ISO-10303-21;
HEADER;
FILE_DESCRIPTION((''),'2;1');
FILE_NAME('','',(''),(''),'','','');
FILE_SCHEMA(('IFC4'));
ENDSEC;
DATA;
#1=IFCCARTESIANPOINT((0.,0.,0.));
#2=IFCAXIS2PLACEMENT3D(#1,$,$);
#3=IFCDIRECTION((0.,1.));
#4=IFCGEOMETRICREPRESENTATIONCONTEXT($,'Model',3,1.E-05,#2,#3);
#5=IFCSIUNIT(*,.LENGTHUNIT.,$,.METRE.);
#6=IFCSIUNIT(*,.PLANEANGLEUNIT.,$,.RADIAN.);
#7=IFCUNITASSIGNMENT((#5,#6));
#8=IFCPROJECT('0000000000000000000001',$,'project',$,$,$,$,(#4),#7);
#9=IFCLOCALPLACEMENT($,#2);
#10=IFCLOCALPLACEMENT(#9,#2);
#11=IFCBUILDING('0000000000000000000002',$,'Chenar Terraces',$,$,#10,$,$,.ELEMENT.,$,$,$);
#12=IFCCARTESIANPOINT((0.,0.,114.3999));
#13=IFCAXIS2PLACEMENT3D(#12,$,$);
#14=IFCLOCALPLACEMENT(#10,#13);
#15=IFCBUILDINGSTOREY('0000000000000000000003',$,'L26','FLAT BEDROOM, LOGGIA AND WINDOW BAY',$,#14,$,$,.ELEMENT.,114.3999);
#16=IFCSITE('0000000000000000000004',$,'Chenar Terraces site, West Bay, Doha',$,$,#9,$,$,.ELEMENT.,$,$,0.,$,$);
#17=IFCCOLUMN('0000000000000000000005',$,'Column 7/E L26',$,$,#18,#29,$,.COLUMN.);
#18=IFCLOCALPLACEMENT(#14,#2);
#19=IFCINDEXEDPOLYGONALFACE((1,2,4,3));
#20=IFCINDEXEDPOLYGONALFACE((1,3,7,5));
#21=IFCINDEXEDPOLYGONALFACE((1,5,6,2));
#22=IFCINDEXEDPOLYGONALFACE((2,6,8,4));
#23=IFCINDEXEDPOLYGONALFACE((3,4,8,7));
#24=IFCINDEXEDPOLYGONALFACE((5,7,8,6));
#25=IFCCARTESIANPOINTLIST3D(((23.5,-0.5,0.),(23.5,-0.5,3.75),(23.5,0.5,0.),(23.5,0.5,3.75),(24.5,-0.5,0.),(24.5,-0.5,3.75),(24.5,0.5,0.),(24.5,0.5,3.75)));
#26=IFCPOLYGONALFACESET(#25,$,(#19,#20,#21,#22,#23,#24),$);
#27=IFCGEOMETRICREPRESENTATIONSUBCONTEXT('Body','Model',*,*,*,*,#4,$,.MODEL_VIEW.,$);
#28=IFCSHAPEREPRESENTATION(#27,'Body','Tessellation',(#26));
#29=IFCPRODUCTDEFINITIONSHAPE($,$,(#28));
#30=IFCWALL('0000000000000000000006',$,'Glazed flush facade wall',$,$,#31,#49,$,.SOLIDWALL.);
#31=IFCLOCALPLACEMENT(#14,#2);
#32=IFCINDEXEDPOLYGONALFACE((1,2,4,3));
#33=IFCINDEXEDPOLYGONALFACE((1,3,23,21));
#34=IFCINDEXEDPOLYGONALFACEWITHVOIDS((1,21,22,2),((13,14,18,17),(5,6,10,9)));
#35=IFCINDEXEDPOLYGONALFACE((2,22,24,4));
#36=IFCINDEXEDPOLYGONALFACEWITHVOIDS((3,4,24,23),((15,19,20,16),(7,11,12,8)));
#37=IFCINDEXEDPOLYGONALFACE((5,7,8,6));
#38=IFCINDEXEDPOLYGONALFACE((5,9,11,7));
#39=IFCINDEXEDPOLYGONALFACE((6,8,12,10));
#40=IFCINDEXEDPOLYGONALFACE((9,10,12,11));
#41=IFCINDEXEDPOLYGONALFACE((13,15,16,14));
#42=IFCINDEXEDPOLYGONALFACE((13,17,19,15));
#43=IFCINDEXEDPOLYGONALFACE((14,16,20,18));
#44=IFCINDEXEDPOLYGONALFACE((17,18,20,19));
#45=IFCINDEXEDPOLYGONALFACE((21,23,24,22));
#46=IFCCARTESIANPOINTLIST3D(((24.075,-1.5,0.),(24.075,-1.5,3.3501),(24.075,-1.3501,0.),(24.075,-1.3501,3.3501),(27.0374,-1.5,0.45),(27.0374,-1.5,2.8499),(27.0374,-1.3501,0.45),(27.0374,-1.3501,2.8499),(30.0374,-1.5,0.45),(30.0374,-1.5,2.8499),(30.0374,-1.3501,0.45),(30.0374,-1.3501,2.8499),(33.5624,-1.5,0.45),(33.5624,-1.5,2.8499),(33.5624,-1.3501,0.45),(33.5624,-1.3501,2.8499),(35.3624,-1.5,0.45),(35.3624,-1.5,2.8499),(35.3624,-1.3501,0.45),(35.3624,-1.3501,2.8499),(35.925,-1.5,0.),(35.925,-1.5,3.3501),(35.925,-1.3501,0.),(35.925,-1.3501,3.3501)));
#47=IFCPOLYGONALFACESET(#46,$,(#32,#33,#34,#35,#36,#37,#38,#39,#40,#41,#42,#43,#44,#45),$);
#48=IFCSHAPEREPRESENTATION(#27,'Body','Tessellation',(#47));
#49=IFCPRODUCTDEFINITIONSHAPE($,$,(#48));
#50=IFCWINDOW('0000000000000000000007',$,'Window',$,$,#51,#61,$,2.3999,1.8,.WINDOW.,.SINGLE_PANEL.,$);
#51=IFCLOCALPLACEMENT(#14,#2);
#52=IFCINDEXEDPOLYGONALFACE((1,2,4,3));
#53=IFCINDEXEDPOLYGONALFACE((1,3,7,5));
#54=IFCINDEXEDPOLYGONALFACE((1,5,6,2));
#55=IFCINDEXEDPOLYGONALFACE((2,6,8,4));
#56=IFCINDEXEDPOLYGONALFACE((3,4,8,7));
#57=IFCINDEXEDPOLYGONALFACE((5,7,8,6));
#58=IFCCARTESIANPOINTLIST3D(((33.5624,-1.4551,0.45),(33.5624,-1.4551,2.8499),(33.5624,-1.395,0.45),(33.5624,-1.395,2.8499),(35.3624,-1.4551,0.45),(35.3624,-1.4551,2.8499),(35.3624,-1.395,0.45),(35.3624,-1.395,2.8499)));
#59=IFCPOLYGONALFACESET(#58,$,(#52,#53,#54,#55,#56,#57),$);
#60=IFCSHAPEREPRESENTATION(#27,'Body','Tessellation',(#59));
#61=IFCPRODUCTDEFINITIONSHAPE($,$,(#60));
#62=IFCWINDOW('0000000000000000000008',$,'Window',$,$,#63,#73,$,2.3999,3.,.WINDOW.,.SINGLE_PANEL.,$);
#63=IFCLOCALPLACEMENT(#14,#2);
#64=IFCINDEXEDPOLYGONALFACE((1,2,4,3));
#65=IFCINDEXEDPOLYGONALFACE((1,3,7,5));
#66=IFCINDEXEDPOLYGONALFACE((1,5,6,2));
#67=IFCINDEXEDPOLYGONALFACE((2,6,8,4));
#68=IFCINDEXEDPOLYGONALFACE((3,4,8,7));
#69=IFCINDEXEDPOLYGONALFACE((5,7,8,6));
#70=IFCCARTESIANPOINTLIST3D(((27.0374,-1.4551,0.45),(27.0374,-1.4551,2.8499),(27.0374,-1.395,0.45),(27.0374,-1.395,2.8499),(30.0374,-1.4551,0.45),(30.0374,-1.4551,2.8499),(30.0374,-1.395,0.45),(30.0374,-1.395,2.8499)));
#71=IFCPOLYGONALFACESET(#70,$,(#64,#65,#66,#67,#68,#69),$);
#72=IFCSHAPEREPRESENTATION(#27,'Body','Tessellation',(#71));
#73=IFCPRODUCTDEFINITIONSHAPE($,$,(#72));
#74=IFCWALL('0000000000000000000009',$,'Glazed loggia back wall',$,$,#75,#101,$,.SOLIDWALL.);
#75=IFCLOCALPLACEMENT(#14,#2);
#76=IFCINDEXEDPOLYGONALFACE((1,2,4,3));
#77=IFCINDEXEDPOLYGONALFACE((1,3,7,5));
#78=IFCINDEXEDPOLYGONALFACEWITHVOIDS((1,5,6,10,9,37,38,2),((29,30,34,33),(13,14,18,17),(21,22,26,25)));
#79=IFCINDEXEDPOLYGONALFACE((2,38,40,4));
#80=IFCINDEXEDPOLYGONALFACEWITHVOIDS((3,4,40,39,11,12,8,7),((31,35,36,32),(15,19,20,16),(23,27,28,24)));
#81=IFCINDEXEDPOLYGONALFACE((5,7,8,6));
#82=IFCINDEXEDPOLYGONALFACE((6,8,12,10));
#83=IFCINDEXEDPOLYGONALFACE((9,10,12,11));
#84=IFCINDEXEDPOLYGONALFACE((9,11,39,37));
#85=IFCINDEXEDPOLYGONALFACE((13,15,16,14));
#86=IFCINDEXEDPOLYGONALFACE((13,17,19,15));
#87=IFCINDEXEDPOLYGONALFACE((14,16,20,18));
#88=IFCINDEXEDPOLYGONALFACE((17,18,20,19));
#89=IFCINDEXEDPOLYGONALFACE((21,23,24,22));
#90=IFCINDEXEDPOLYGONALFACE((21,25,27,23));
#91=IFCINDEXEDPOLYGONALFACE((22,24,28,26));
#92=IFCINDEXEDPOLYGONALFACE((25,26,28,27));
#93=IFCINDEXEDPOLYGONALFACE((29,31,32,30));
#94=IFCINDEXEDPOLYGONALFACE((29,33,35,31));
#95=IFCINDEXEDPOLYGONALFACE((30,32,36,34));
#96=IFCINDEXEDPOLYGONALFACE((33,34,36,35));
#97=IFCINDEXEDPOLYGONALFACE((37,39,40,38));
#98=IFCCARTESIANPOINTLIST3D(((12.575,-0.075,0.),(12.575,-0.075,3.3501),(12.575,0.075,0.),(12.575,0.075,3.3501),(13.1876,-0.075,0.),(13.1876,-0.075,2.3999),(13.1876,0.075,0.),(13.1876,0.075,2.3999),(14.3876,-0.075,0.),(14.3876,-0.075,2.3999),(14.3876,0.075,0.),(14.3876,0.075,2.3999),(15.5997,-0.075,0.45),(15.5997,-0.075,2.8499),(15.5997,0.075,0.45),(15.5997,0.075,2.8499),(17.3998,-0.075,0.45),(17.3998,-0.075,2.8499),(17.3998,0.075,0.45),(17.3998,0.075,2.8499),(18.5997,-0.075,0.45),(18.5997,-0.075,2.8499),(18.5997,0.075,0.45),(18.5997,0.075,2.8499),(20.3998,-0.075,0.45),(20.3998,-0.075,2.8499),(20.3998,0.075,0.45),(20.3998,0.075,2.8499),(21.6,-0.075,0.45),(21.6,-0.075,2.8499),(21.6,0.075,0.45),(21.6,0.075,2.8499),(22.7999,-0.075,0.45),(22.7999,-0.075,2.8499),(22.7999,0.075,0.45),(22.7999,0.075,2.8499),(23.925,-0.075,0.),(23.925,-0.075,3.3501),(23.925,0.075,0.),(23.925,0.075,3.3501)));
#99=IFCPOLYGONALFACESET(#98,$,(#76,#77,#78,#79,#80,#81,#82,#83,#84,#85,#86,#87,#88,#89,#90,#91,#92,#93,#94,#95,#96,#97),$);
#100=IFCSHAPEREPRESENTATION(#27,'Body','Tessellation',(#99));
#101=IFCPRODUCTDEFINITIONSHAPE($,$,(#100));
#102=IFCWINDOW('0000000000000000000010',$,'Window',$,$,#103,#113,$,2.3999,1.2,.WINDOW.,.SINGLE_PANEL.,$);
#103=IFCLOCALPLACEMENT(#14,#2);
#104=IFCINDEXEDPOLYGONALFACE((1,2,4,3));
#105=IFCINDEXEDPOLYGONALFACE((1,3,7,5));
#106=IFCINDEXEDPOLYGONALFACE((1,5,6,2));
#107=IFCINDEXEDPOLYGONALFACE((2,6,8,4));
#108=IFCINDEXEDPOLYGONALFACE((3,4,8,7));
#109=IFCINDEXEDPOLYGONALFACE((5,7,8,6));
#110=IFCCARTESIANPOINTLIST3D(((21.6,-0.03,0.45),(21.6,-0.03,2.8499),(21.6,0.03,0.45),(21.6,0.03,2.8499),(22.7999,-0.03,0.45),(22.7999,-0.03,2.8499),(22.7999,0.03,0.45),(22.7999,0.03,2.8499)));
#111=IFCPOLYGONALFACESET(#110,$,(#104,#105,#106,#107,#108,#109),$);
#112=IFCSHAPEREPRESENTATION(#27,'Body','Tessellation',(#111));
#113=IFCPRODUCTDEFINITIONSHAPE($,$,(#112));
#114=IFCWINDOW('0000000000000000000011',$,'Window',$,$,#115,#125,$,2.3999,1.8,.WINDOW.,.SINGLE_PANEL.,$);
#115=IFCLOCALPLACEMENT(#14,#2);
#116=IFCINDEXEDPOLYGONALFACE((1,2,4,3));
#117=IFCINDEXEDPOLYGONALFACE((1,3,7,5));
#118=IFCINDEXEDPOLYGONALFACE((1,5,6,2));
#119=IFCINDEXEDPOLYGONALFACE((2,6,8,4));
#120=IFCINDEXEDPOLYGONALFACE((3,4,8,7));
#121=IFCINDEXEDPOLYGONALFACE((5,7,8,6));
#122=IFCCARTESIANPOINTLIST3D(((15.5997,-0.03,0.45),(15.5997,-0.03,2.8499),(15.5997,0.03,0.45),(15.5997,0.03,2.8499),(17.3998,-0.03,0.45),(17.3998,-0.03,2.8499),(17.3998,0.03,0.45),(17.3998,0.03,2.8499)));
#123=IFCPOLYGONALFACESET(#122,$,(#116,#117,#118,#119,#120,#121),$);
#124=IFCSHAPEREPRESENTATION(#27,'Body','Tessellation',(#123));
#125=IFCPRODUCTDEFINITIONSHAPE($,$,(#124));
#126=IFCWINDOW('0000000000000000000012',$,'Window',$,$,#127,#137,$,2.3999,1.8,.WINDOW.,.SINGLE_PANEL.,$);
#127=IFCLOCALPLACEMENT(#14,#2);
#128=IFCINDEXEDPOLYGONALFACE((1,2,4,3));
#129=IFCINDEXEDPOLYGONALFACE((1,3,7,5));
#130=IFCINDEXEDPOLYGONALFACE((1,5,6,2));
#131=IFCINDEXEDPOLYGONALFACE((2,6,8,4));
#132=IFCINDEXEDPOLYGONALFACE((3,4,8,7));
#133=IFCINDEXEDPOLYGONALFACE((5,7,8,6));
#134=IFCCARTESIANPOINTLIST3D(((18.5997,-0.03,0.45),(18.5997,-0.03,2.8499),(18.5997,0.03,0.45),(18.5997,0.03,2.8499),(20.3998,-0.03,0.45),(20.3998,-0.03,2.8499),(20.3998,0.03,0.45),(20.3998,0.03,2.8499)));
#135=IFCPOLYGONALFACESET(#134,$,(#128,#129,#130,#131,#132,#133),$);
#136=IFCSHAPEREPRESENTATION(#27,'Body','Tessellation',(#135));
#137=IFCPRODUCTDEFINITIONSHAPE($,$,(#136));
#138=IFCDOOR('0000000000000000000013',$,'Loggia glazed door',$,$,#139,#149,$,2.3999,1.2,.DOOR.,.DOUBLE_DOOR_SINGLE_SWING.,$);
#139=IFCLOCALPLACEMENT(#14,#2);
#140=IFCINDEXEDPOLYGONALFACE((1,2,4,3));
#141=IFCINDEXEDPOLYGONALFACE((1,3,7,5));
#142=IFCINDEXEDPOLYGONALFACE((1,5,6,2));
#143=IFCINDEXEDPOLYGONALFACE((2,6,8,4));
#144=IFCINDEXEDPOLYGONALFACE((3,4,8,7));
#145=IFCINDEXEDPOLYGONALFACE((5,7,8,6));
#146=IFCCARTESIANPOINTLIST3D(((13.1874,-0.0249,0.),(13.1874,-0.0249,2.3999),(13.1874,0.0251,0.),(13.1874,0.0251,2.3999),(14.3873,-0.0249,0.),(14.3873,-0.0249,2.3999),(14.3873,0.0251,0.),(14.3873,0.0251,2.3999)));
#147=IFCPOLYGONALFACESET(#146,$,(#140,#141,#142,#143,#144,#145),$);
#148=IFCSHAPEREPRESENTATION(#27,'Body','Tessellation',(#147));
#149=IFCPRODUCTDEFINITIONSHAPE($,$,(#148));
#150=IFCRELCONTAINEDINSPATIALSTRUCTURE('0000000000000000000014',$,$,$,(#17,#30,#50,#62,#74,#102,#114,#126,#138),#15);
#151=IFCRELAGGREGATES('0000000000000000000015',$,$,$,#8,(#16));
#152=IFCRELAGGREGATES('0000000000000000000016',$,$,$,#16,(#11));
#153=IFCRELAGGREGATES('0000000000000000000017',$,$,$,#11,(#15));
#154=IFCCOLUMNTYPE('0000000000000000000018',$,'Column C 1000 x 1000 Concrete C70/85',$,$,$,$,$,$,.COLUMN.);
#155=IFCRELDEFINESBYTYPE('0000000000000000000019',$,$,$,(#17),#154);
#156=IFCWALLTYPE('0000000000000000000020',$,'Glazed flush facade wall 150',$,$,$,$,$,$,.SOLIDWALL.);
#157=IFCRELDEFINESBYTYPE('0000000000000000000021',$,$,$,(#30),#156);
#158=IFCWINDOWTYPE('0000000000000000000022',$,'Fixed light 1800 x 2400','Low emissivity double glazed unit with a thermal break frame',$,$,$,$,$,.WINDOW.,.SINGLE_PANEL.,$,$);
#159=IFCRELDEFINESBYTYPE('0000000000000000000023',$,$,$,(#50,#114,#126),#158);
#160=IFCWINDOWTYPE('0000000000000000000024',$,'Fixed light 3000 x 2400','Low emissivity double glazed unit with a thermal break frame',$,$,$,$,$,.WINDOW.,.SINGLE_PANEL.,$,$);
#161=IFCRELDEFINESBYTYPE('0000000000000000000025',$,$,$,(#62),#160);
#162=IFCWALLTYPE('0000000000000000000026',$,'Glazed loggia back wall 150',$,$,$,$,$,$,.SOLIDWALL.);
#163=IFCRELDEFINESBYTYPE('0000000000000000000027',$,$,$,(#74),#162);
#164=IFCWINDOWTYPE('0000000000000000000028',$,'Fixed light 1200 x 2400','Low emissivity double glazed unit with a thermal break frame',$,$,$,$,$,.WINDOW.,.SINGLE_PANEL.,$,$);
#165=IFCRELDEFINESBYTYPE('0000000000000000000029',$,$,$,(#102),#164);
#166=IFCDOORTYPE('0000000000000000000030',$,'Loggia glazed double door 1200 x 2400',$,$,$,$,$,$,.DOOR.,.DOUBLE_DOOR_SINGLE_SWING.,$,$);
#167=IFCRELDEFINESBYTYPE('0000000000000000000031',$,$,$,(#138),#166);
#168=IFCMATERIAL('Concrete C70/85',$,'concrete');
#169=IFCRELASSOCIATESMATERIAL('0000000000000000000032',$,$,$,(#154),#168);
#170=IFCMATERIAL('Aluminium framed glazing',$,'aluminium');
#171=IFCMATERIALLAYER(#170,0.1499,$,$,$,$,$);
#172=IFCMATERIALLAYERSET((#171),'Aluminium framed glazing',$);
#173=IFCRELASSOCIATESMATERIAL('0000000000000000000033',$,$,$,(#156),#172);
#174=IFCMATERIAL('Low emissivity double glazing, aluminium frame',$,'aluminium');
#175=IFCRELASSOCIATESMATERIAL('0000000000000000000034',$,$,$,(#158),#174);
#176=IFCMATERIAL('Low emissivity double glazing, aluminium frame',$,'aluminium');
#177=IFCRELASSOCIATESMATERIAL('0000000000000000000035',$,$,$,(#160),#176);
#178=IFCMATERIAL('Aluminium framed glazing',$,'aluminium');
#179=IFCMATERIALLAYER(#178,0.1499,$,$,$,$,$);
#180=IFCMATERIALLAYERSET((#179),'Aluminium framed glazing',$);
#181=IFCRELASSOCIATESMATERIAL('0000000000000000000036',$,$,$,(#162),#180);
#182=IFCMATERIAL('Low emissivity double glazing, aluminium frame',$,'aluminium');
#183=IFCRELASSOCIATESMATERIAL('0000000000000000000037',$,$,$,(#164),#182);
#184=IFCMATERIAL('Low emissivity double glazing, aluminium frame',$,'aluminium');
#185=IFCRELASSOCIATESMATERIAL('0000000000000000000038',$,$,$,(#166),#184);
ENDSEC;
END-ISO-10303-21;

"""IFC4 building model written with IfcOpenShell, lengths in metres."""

from ifc_helpers import new_model, si_unit, direction, frame, frame_2d, origin, origin_2d, place, context, subcontext, project, spatial, rectangle, extrude, material, layer, layer_set, material_profile, profile_set, type_object, element, fill, save


model = new_model("IFC4")

# Units and contexts
model_context = context("Model", 3, precision=1e-05, world=origin(), true_north=direction((0.0, 1.0)))
body_context = subcontext(model_context, "Body", "Model", "MODEL_VIEW")
ifc_project = project(units=[si_unit("LENGTHUNIT", "METRE"), si_unit("PLANEANGLEUNIT", "RADIAN")], contexts=[model_context])

# Site, building, storey
site_placement = place(None, origin())
site = spatial("IfcSite", under=ifc_project, at=site_placement, Name="Chenar Terraces site, West Bay, Doha", CompositionType="ELEMENT", RefElevation=0.0)
building_placement = place(site_placement, origin())
building = spatial("IfcBuilding", under=site, at=building_placement, Name="Chenar Terraces", CompositionType="ELEMENT")
storey_placement = place(building_placement, frame((0.0, 0.0, 114.3999)))
storey = spatial("IfcBuildingStorey", under=building, at=storey_placement, Name="L26", Description="FLAT BEDROOM, LOGGIA AND WINDOW BAY", CompositionType="ELEMENT", Elevation=114.3999)

# Column
ifc_material_1 = material(Name="Concrete C70/85", Category="concrete")
ifc_material_profile_1 = material_profile(ifc_material_1, rectangle(XDim=1.0, YDim=1.0, at=origin_2d()), Name="C 1000 x 1000")
ifc_profile_set_1 = profile_set([ifc_material_profile_1], Name="Concrete C70/85")
column_type = type_object("IfcColumnType", Name="Column C 1000 x 1000 Concrete C70/85", PredefinedType="COLUMN", material=ifc_profile_set_1)
column_placement = place(storey_placement, frame((24.0, 0.0, 0.0), z_axis=(0.0, 0.0, 1.0), x_axis=(1.0, 0.0, 0.0)))
element("IfcColumn", 1, at=column_placement, inside=storey, type_object=column_type, Name="Column 7/E L26", PredefinedType="COLUMN", context=body_context, shape_type="SweptSolid", body=[
    extrude(rectangle(XDim=1.0, YDim=1.0, at=origin_2d()), origin(), (0.0, 0.0, 1.0), 3.75),
])

# Wall, openings, windows
ifc_material_2 = material(Name="Aluminium framed glazing", Category="aluminium")
ifc_layer_1 = layer(ifc_material_2, 0.1499)
ifc_layer_set_1 = layer_set([ifc_layer_1], Name="Aluminium framed glazing")
wall_type_1 = type_object("IfcWallType", Name="Glazed flush facade wall 150", PredefinedType="SOLIDWALL", material=ifc_layer_set_1)
wall_1_placement = place(storey_placement, frame((24.075, -1.425, 0.0), z_axis=(0.0, 0.0, 1.0), x_axis=(1.0, 0.0, 0.0)))
wall_1 = element("IfcWall", 2, at=wall_1_placement, inside=storey, type_object=wall_type_1, Name="Glazed flush facade wall", PredefinedType="SOLIDWALL", context=body_context, shape_type="SweptSolid", body=[
    extrude(rectangle(XDim=11.8501, YDim=0.1499, at=frame_2d((5.925, 0.0))), origin(), (0.0, 0.0, 1.0), 3.3501),
])
opening_1_placement = place(wall_1_placement, frame((2.9624, 0.0, 0.45)))
opening_1 = element("IfcOpeningElement", 3, at=opening_1_placement, cuts=wall_1, PredefinedType="OPENING", context=body_context, shape_type="SweptSolid", body=[
    extrude(rectangle(XDim=3.0, YDim=2.3999, at=frame_2d((1.5, 1.2))), frame((0.0, 0.085, 0.0), z_axis=(0.0, -1.0, 0.0), x_axis=(1.0, 0.0, 0.0)), (0.0, 0.0, 1.0), 0.1699),
])
opening_2_placement = place(wall_1_placement, frame((9.4875, 0.0, 0.45)))
opening_2 = element("IfcOpeningElement", 4, at=opening_2_placement, cuts=wall_1, PredefinedType="OPENING", context=body_context, shape_type="SweptSolid", body=[
    extrude(rectangle(XDim=1.8, YDim=2.3999, at=frame_2d((0.8999, 1.2))), frame((0.0, 0.085, 0.0), z_axis=(0.0, -1.0, 0.0), x_axis=(1.0, 0.0, 0.0)), (0.0, 0.0, 1.0), 0.1699),
])
ifc_material_3 = material(Name="Low emissivity double glazing, aluminium frame", Category="aluminium")
window_type_1 = type_object("IfcWindowType", Name="Fixed light 1800 x 2400", Description="Low emissivity double glazed unit with a thermal break frame", PartitioningType="SINGLE_PANEL", PredefinedType="WINDOW", material=ifc_material_3)
window_1_placement = place(opening_2_placement, origin())
window_1 = element("IfcWindow", 5, at=window_1_placement, inside=storey, type_object=window_type_1, Name="Window", OverallHeight=2.3999, OverallWidth=1.8, PartitioningType="SINGLE_PANEL", PredefinedType="WINDOW", context=body_context, shape_type="SweptSolid", body=[
    extrude(rectangle(XDim=1.8, YDim=2.3999, at=frame_2d((0.8999, 1.2))), frame((0.0, 0.03, 0.0), z_axis=(0.0, -1.0, 0.0), x_axis=(1.0, 0.0, 0.0)), (0.0, 0.0, 1.0), 0.0601),
])
fill(opening_2, window_1)
ifc_material_4 = material(Name="Low emissivity double glazing, aluminium frame", Category="aluminium")
window_type_2 = type_object("IfcWindowType", Name="Fixed light 3000 x 2400", Description="Low emissivity double glazed unit with a thermal break frame", PartitioningType="SINGLE_PANEL", PredefinedType="WINDOW", material=ifc_material_4)
window_2_placement = place(opening_1_placement, origin())
window_2 = element("IfcWindow", 6, at=window_2_placement, inside=storey, type_object=window_type_2, Name="Window", OverallHeight=2.3999, OverallWidth=3.0, PartitioningType="SINGLE_PANEL", PredefinedType="WINDOW", context=body_context, shape_type="SweptSolid", body=[
    extrude(rectangle(XDim=3.0, YDim=2.3999, at=frame_2d((1.5, 1.2))), frame((0.0, 0.03, 0.0), z_axis=(0.0, -1.0, 0.0), x_axis=(1.0, 0.0, 0.0)), (0.0, 0.0, 1.0), 0.0601),
])
fill(opening_1, window_2)

# Wall, openings, windows, door
ifc_material_5 = material(Name="Aluminium framed glazing", Category="aluminium")
ifc_layer_2 = layer(ifc_material_5, 0.1499)
ifc_layer_set_2 = layer_set([ifc_layer_2], Name="Aluminium framed glazing")
wall_type_2 = type_object("IfcWallType", Name="Glazed loggia back wall 150", PredefinedType="SOLIDWALL", material=ifc_layer_set_2)
wall_2_placement = place(storey_placement, frame((12.575, 0.0, 0.0), z_axis=(0.0, 0.0, 1.0), x_axis=(1.0, 0.0, 0.0)))
wall_2 = element("IfcWall", 7, at=wall_2_placement, inside=storey, type_object=wall_type_2, Name="Glazed loggia back wall", PredefinedType="SOLIDWALL", context=body_context, shape_type="SweptSolid", body=[
    extrude(rectangle(XDim=11.3501, YDim=0.1499, at=frame_2d((5.675, 0.0))), origin(), (0.0, 0.0, 1.0), 3.3501),
])
opening_3_placement = place(wall_2_placement, frame((0.6125, 0.0, 0.0)))
opening_3 = element("IfcOpeningElement", 8, at=opening_3_placement, cuts=wall_2, PredefinedType="OPENING", context=body_context, shape_type="SweptSolid", body=[
    extrude(rectangle(XDim=1.2, YDim=2.3999, at=frame_2d((0.6001, 1.2))), frame((0.0, 0.085, 0.0), z_axis=(0.0, -1.0, 0.0), x_axis=(1.0, 0.0, 0.0)), (0.0, 0.0, 1.0), 0.1699),
])
opening_4_placement = place(wall_2_placement, frame((3.0249, 0.0, 0.45)))
opening_4 = element("IfcOpeningElement", 9, at=opening_4_placement, cuts=wall_2, PredefinedType="OPENING", context=body_context, shape_type="SweptSolid", body=[
    extrude(rectangle(XDim=1.8, YDim=2.3999, at=frame_2d((0.8999, 1.2))), frame((0.0, 0.085, 0.0), z_axis=(0.0, -1.0, 0.0), x_axis=(1.0, 0.0, 0.0)), (0.0, 0.0, 1.0), 0.1699),
])
opening_5_placement = place(wall_2_placement, frame((6.0249, 0.0, 0.45)))
opening_5 = element("IfcOpeningElement", 10, at=opening_5_placement, cuts=wall_2, PredefinedType="OPENING", context=body_context, shape_type="SweptSolid", body=[
    extrude(rectangle(XDim=1.8, YDim=2.3999, at=frame_2d((0.8999, 1.2))), frame((0.0, 0.085, 0.0), z_axis=(0.0, -1.0, 0.0), x_axis=(1.0, 0.0, 0.0)), (0.0, 0.0, 1.0), 0.1699),
])
opening_6_placement = place(wall_2_placement, frame((9.0249, 0.0, 0.45)))
opening_6 = element("IfcOpeningElement", 11, at=opening_6_placement, cuts=wall_2, PredefinedType="OPENING", context=body_context, shape_type="SweptSolid", body=[
    extrude(rectangle(XDim=1.2, YDim=2.3999, at=frame_2d((0.6001, 1.2))), frame((0.0, 0.085, 0.0), z_axis=(0.0, -1.0, 0.0), x_axis=(1.0, 0.0, 0.0)), (0.0, 0.0, 1.0), 0.1699),
])
ifc_material_6 = material(Name="Low emissivity double glazing, aluminium frame", Category="aluminium")
window_type_3 = type_object("IfcWindowType", Name="Fixed light 1200 x 2400", Description="Low emissivity double glazed unit with a thermal break frame", PartitioningType="SINGLE_PANEL", PredefinedType="WINDOW", material=ifc_material_6)
window_3_placement = place(opening_6_placement, origin())
window_3 = element("IfcWindow", 12, at=window_3_placement, inside=storey, type_object=window_type_3, Name="Window", OverallHeight=2.3999, OverallWidth=1.2, PartitioningType="SINGLE_PANEL", PredefinedType="WINDOW", context=body_context, shape_type="SweptSolid", body=[
    extrude(rectangle(XDim=1.2, YDim=2.3999, at=frame_2d((0.6001, 1.2))), frame((0.0, 0.03, 0.0), z_axis=(0.0, -1.0, 0.0), x_axis=(1.0, 0.0, 0.0)), (0.0, 0.0, 1.0), 0.0601),
])
fill(opening_6, window_3)
window_4_placement = place(opening_4_placement, origin())
window_4 = element("IfcWindow", 13, at=window_4_placement, inside=storey, type_object=window_type_1, Name="Window", OverallHeight=2.3999, OverallWidth=1.8, PartitioningType="SINGLE_PANEL", PredefinedType="WINDOW", context=body_context, shape_type="SweptSolid", body=[
    extrude(rectangle(XDim=1.8, YDim=2.3999, at=frame_2d((0.8999, 1.2))), frame((0.0, 0.03, 0.0), z_axis=(0.0, -1.0, 0.0), x_axis=(1.0, 0.0, 0.0)), (0.0, 0.0, 1.0), 0.0601),
])
fill(opening_4, window_4)
window_5_placement = place(opening_5_placement, origin())
window_5 = element("IfcWindow", 14, at=window_5_placement, inside=storey, type_object=window_type_1, Name="Window", OverallHeight=2.3999, OverallWidth=1.8, PartitioningType="SINGLE_PANEL", PredefinedType="WINDOW", context=body_context, shape_type="SweptSolid", body=[
    extrude(rectangle(XDim=1.8, YDim=2.3999, at=frame_2d((0.8999, 1.2))), frame((0.0, 0.03, 0.0), z_axis=(0.0, -1.0, 0.0), x_axis=(1.0, 0.0, 0.0)), (0.0, 0.0, 1.0), 0.0601),
])
fill(opening_5, window_5)
ifc_material_7 = material(Name="Low emissivity double glazing, aluminium frame", Category="aluminium")
door_type = type_object("IfcDoorType", Name="Loggia glazed double door 1200 x 2400", OperationType="DOUBLE_DOOR_SINGLE_SWING", PredefinedType="DOOR", material=ifc_material_7)
door_placement = place(opening_3_placement, frame((1.2, 0.0, 0.0), z_axis=(0.0, 0.0, 1.0), x_axis=(-1.0, 0.0, 0.0)))
door = element("IfcDoor", 15, at=door_placement, inside=storey, type_object=door_type, Name="Loggia glazed door", OperationType="DOUBLE_DOOR_SINGLE_SWING", OverallHeight=2.3999, OverallWidth=1.2, PredefinedType="DOOR", context=body_context, shape_type="SweptSolid", body=[
    extrude(rectangle(XDim=1.2, YDim=2.3999, at=frame_2d((0.6001, 1.2))), frame((0.0, 0.0249, 0.0), z_axis=(0.0, -1.0, 0.0), x_axis=(1.0, 0.0, 0.0)), (0.0, 0.0, 1.0), 0.05),
])
fill(opening_3, door)

save(model, "model.ifc")
